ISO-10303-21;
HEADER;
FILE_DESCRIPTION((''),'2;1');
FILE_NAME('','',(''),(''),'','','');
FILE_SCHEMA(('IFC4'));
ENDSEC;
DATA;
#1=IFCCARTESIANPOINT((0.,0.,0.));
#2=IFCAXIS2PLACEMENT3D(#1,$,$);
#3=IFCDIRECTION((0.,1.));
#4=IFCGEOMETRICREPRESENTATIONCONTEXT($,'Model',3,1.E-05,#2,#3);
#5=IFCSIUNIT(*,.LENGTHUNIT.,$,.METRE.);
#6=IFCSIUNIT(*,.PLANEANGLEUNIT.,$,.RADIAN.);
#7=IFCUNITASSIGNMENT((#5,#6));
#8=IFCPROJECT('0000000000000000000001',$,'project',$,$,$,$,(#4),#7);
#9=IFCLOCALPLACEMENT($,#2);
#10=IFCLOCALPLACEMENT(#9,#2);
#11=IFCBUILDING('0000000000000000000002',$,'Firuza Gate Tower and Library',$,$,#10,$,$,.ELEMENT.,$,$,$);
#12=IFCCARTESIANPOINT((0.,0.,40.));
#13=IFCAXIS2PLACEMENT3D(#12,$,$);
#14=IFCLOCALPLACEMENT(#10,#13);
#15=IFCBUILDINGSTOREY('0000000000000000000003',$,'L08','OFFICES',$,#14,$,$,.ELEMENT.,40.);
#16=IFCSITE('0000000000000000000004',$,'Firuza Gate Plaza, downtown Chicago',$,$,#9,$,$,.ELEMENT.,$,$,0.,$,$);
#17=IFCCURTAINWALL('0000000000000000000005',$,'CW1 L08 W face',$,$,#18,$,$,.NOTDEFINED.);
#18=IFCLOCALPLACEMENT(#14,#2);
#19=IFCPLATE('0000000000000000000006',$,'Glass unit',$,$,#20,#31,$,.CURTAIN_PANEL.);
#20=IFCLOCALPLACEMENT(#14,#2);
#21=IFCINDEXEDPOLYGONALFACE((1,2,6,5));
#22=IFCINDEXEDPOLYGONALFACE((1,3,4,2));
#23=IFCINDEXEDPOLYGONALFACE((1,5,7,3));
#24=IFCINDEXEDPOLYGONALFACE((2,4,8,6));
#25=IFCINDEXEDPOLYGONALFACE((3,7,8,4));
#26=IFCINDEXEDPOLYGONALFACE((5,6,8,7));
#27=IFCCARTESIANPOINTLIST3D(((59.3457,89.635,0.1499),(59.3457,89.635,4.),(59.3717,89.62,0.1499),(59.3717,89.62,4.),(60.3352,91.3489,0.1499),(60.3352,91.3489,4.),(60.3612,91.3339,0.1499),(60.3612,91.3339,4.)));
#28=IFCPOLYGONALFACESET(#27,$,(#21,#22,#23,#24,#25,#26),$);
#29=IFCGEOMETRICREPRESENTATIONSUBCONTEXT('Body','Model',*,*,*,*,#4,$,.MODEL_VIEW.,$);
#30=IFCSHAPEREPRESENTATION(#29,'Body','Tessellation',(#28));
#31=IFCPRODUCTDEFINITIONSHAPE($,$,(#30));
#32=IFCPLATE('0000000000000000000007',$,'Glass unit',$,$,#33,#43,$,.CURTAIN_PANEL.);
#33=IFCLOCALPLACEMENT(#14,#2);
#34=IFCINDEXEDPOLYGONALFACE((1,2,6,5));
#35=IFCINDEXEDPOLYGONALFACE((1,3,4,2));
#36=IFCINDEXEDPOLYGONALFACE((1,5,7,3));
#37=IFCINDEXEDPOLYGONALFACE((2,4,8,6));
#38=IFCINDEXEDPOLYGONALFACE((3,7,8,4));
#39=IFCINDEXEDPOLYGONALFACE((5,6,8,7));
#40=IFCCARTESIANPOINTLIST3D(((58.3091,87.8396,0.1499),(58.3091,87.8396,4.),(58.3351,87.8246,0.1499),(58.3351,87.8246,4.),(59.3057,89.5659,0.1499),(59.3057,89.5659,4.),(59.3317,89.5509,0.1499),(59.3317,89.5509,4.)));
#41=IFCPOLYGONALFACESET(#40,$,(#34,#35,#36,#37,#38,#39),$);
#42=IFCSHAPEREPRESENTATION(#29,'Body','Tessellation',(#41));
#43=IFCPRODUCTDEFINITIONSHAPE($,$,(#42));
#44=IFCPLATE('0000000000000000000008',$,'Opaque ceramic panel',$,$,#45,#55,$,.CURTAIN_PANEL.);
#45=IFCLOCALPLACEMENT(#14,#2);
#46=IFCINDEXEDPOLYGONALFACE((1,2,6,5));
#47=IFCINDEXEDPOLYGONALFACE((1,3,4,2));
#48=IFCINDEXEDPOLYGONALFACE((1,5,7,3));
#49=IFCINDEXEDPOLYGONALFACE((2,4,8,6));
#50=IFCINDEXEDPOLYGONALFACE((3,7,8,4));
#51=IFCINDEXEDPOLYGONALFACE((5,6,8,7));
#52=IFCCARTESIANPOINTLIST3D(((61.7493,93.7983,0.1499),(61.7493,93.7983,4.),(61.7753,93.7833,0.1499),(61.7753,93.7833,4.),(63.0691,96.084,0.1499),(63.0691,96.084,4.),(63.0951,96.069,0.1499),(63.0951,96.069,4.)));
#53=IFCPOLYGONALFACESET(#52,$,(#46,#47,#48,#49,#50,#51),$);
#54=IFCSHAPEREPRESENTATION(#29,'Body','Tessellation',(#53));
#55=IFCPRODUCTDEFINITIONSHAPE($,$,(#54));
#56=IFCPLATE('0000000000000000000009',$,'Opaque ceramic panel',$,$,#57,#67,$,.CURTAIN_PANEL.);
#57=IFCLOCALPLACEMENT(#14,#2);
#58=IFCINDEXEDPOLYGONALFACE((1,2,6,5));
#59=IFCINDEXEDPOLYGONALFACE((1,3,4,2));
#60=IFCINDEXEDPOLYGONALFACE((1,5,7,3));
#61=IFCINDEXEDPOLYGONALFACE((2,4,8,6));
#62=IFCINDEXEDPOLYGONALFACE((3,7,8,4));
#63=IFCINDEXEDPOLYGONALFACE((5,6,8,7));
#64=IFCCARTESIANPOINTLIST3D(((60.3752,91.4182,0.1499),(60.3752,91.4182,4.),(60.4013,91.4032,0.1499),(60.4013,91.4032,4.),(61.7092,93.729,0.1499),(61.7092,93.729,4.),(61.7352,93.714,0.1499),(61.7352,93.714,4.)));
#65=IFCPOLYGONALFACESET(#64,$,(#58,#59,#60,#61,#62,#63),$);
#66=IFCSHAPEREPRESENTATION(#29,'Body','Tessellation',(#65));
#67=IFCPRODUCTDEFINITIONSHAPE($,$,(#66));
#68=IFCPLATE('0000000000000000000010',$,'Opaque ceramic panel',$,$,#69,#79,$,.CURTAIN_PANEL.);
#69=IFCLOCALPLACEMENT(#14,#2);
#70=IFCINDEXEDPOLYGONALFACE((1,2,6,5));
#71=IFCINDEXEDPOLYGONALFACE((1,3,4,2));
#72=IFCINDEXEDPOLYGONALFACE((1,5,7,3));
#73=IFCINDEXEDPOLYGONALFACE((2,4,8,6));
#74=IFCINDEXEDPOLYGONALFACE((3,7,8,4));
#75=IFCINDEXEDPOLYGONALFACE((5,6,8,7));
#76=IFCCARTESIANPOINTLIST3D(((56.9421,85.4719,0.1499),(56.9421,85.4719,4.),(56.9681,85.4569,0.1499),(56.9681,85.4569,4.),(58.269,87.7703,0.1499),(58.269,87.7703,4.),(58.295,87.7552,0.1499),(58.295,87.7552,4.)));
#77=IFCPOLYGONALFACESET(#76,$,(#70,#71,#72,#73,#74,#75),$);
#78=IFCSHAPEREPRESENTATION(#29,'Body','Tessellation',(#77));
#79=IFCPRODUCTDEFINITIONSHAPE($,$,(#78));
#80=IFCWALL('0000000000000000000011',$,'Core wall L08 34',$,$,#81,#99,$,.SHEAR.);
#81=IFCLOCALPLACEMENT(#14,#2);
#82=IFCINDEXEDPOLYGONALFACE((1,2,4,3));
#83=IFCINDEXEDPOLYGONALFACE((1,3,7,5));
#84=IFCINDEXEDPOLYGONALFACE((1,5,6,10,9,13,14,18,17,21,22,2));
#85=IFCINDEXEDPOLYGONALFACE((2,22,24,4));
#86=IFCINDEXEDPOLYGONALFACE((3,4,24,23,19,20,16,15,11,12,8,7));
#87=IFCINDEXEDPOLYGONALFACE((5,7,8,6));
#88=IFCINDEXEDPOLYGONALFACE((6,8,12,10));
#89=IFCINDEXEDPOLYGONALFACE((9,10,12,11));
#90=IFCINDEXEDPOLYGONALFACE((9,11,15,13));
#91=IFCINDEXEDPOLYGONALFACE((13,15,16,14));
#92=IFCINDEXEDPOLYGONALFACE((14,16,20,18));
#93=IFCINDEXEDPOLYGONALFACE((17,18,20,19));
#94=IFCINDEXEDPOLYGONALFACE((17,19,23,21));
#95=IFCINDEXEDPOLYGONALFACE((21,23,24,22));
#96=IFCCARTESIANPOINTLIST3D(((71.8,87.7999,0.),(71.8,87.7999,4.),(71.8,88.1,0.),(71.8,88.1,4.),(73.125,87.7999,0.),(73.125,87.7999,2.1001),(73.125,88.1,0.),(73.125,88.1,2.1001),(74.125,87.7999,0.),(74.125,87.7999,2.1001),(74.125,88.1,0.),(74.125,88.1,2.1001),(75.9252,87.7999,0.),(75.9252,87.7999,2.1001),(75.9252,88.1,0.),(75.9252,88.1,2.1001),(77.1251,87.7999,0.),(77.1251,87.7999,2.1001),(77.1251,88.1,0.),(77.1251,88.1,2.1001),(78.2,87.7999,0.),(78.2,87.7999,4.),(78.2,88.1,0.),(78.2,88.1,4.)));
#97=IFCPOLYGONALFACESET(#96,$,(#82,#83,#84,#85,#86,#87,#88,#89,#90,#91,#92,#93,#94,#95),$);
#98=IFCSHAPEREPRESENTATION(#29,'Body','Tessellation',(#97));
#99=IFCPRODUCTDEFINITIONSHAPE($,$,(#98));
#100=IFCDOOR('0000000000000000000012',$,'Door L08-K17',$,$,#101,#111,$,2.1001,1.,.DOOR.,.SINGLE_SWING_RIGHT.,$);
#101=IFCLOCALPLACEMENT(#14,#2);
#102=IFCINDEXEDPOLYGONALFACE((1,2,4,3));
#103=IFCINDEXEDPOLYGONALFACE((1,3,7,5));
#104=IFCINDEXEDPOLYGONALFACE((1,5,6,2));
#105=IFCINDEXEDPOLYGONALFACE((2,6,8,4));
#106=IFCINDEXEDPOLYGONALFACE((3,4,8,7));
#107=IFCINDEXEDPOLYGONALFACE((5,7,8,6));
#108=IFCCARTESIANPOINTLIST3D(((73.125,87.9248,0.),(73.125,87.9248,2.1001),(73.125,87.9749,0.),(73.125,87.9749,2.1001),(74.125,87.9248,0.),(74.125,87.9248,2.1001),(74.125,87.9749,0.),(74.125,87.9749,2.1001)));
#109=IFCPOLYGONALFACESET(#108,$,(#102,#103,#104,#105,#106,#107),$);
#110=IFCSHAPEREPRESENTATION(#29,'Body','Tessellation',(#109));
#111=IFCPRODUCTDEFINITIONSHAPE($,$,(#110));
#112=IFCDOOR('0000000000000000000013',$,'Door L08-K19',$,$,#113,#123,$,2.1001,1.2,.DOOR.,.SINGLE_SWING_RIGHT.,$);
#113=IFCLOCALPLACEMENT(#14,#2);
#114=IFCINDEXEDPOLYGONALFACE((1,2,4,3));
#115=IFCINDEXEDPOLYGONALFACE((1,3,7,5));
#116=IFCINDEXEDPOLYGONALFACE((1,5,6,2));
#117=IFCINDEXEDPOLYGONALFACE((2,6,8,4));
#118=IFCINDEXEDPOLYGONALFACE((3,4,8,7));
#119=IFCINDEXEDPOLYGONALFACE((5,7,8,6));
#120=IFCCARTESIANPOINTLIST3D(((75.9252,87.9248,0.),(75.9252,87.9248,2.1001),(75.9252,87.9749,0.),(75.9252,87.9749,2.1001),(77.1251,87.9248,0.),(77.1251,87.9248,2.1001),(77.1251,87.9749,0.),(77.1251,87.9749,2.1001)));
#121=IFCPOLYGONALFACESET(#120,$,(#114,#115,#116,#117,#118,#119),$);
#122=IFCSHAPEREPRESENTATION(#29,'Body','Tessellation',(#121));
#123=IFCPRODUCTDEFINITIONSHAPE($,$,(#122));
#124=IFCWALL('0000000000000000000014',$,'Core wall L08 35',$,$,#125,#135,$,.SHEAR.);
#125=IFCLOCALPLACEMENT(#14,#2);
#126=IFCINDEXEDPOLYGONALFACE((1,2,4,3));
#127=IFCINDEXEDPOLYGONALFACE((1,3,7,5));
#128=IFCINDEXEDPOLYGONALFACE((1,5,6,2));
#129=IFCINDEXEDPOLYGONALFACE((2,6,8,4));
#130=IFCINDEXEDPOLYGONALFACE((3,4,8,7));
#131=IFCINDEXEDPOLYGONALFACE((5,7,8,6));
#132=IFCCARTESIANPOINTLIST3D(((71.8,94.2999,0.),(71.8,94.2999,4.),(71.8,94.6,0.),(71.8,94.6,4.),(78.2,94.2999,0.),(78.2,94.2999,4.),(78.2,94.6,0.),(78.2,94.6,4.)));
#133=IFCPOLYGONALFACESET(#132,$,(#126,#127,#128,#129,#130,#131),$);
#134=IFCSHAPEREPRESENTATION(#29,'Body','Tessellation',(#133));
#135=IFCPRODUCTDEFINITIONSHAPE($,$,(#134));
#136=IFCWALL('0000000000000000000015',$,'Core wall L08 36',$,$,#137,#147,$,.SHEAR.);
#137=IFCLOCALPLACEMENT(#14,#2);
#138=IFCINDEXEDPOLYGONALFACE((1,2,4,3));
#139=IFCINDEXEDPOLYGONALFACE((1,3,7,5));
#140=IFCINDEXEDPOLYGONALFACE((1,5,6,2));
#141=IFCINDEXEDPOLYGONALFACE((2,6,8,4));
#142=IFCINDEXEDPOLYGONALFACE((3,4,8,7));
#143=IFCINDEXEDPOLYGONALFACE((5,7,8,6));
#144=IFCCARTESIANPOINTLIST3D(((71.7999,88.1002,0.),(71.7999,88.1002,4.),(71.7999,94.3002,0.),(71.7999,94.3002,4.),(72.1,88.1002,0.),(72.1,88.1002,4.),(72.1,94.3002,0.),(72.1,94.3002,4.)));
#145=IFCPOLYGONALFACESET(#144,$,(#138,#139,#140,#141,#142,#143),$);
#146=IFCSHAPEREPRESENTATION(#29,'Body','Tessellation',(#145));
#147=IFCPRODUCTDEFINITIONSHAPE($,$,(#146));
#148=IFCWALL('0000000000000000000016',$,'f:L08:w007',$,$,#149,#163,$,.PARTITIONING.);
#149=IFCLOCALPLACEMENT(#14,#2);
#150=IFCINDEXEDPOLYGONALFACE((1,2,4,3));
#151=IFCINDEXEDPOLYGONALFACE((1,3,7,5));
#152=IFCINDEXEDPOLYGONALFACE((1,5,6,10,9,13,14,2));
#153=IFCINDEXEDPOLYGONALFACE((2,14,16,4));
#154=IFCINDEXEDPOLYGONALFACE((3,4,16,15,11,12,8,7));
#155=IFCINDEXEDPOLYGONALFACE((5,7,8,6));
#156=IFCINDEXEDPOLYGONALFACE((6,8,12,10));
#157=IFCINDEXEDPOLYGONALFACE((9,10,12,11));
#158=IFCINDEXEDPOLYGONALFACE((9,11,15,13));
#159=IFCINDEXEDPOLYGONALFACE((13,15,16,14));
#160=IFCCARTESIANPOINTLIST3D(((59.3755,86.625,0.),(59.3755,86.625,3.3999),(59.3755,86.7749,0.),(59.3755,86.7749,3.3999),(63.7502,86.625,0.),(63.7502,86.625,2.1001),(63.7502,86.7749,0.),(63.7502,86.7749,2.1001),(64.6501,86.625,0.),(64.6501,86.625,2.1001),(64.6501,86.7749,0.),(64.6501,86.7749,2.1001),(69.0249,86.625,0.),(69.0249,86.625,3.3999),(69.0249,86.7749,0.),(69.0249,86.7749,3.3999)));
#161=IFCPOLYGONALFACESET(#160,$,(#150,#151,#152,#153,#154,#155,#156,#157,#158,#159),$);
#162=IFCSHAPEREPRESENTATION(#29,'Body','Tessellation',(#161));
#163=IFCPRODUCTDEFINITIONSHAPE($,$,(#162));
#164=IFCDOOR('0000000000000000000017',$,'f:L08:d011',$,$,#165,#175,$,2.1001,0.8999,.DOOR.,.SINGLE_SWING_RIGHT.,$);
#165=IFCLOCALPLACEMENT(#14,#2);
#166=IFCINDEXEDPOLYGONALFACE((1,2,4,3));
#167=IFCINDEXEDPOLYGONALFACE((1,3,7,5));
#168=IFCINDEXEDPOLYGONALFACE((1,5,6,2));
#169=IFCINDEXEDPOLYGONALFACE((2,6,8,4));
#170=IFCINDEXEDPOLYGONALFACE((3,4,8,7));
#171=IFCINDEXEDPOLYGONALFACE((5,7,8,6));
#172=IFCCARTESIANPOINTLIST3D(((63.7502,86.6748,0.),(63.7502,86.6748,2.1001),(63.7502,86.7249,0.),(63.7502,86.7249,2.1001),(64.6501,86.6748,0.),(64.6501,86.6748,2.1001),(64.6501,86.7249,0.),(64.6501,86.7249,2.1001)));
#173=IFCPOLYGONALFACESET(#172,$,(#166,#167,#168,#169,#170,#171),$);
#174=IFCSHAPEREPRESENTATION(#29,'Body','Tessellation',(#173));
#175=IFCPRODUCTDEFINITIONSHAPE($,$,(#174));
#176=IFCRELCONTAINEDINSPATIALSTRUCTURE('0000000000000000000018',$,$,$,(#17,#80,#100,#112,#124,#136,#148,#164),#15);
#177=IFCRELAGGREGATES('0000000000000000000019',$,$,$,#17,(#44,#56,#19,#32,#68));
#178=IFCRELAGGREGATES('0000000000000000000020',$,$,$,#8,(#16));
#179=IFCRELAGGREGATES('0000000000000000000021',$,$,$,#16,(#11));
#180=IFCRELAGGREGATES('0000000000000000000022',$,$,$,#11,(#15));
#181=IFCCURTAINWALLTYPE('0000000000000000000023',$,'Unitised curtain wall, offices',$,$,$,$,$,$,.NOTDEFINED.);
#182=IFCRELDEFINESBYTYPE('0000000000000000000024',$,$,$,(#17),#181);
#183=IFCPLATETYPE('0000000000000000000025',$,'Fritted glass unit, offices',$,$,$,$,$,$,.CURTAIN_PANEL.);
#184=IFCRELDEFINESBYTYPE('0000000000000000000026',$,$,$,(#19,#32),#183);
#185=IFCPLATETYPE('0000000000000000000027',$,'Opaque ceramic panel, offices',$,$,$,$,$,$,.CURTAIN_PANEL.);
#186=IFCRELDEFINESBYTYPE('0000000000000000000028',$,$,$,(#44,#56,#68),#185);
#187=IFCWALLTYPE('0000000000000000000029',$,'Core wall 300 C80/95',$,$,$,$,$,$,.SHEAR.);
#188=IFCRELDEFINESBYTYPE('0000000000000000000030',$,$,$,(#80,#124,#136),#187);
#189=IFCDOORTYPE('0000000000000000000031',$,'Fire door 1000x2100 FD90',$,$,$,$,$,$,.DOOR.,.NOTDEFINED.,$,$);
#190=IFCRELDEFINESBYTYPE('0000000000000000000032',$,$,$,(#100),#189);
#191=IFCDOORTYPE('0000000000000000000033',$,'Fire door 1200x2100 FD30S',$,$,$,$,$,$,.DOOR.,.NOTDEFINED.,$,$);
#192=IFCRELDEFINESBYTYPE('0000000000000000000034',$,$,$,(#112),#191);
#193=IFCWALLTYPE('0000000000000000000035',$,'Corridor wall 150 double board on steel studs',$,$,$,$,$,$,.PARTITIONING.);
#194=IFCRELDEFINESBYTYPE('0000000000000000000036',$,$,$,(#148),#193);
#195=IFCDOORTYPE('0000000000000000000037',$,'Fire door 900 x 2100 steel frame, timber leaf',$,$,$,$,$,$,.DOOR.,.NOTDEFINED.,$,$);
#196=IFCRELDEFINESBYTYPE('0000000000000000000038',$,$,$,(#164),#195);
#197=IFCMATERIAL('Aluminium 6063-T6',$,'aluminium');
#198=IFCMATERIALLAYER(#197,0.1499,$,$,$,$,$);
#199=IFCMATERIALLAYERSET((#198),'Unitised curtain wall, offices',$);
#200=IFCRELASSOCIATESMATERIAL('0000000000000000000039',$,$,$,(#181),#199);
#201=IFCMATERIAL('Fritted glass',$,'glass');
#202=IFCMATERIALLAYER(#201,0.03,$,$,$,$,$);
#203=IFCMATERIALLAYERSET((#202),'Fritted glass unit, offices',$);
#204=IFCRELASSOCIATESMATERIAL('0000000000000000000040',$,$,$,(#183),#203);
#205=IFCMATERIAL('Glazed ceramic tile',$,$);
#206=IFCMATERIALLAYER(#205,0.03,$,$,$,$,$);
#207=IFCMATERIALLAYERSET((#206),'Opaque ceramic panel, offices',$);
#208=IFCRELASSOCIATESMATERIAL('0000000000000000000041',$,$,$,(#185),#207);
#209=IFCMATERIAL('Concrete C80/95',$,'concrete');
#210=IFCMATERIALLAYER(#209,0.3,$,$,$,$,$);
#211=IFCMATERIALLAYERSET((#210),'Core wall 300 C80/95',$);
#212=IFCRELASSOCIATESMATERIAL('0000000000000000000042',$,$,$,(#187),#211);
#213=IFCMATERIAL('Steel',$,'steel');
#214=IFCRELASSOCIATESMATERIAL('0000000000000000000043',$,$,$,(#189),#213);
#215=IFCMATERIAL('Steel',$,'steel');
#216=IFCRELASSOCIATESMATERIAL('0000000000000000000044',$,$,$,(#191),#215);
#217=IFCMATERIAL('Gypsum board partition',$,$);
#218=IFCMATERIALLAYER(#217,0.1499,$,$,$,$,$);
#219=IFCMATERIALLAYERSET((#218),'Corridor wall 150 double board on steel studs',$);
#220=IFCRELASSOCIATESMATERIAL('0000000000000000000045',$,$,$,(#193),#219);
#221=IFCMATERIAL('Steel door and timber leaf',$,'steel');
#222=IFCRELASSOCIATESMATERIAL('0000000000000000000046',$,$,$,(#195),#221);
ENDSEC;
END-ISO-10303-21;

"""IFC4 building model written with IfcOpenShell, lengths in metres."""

from ifc_helpers import new_model, si_unit, direction, frame, frame_2d, origin, place, context, subcontext, project, spatial, polyline, rectangle, outline, extrude, material, layer, layer_set, type_object, element, fill, aggregate, save


model = new_model("IFC4")

# Units and contexts
model_context = context("Model", 3, precision=1e-05, world=origin(), true_north=direction((0.0, 1.0)))
body_context = subcontext(model_context, "Body", "Model", "MODEL_VIEW")
ifc_project = project(units=[si_unit("LENGTHUNIT", "METRE"), si_unit("PLANEANGLEUNIT", "RADIAN")], contexts=[model_context])

# Site, building, storey
site_placement = place(None, origin())
site = spatial("IfcSite", under=ifc_project, at=site_placement, Name="Firuza Gate Plaza, downtown Chicago", CompositionType="ELEMENT", RefElevation=0.0)
building_placement = place(site_placement, origin())
building = spatial("IfcBuilding", under=site, at=building_placement, Name="Firuza Gate Tower and Library", CompositionType="ELEMENT")
storey_placement = place(building_placement, frame((0.0, 0.0, 40.0)))
storey = spatial("IfcBuildingStorey", under=building, at=storey_placement, Name="L08", Description="OFFICES", CompositionType="ELEMENT", Elevation=40.0)

# Curtain wall
ifc_material_1 = material(Name="Aluminium 6063-T6", Category="aluminium")
ifc_layer_1 = layer(ifc_material_1, 0.1499)
ifc_layer_set_1 = layer_set([ifc_layer_1], Name="Unitised curtain wall, offices")
curtain_wall_type = type_object("IfcCurtainWallType", Name="Unitised curtain wall, offices", PredefinedType="NOTDEFINED", material=ifc_layer_set_1)
placement = place(storey_placement, origin())
curtain_wall = element("IfcCurtainWall", 1, at=placement, inside=storey, type_object=curtain_wall_type, Name="CW1 L08 W face", PredefinedType="NOTDEFINED")

# Plates
ifc_material_2 = material(Name="Fritted glass", Category="glass")
ifc_layer_2 = layer(ifc_material_2, 0.03)
ifc_layer_set_2 = layer_set([ifc_layer_2], Name="Fritted glass unit, offices")
plate_type_1 = type_object("IfcPlateType", Name="Fritted glass unit, offices", PredefinedType="CURTAIN_PANEL", material=ifc_layer_set_2)
plate_1_placement = place(storey_placement, frame((60.3352, 91.3489, 0.1499), z_axis=(-0.866025, 0.5, 0.0), x_axis=(-0.5, -0.866025, 0.0)))
plate_1 = element("IfcPlate", 2, at=plate_1_placement, type_object=plate_type_1, Name="Glass unit", PredefinedType="CURTAIN_PANEL", context=body_context, shape_type="SweptSolid", body=[
    extrude(outline(polyline([(0.0, 0.0), (1.979, 0.0), (1.979, 3.8501), (0.0, 3.8501), (0.0, 0.0)])), origin(), (0.0, 0.0, -1.0), 0.03),
])
plate_2_placement = place(storey_placement, frame((59.3057, 89.5659, 0.1499), z_axis=(-0.866049, 0.499959, 0.0), x_axis=(-0.499959, -0.866049, 0.0)))
plate_2 = element("IfcPlate", 3, at=plate_2_placement, type_object=plate_type_1, Name="Glass unit", PredefinedType="CURTAIN_PANEL", context=body_context, shape_type="SweptSolid", body=[
    extrude(outline(polyline([(0.0, 0.0), (1.9933, 0.0), (1.9933, 3.8501), (0.0, 3.8501), (0.0, 0.0)])), origin(), (0.0, 0.0, -1.0), 0.03),
])
ifc_material_3 = material(Name="Glazed ceramic tile")
ifc_layer_3 = layer(ifc_material_3, 0.03)
ifc_layer_set_3 = layer_set([ifc_layer_3], Name="Opaque ceramic panel, offices")
plate_type_2 = type_object("IfcPlateType", Name="Opaque ceramic panel, offices", PredefinedType="CURTAIN_PANEL", material=ifc_layer_set_3)
plate_3_placement = place(storey_placement, frame((63.0691, 96.084, 0.1499), z_axis=(-0.865991, 0.500059, 0.0), x_axis=(-0.500059, -0.865991, 0.0)))
plate_3 = element("IfcPlate", 4, at=plate_3_placement, type_object=plate_type_2, Name="Opaque ceramic panel", PredefinedType="CURTAIN_PANEL", context=body_context, shape_type="SweptSolid", body=[
    extrude(outline(polyline([(0.0, 0.0), (2.6393, 0.0), (2.6393, 3.8501), (0.0, 3.8501), (0.0, 0.0)])), origin(), (0.0, 0.0, -1.0), 0.03),
])
plate_4_placement = place(storey_placement, frame((61.7092, 93.729, 0.1499), z_axis=(-0.86605, 0.499957, 0.0), x_axis=(-0.499957, -0.86605, 0.0)))
plate_4 = element("IfcPlate", 5, at=plate_4_placement, type_object=plate_type_2, Name="Opaque ceramic panel", PredefinedType="CURTAIN_PANEL", context=body_context, shape_type="SweptSolid", body=[
    extrude(outline(polyline([(0.0, 0.0), (2.6682, 0.0), (2.6682, 3.8501), (0.0, 3.8501), (0.0, 0.0)])), origin(), (0.0, 0.0, -1.0), 0.03),
])
plate_5_placement = place(storey_placement, frame((58.269, 87.7703, 0.1499), z_axis=(-0.866032, 0.499988, 0.0), x_axis=(-0.499988, -0.866032, 0.0)))
plate_5 = element("IfcPlate", 6, at=plate_5_placement, type_object=plate_type_2, Name="Opaque ceramic panel", PredefinedType="CURTAIN_PANEL", context=body_context, shape_type="SweptSolid", body=[
    extrude(outline(polyline([(0.0, 0.0), (2.6539, 0.0), (2.6539, 3.8501), (0.0, 3.8501), (0.0, 0.0)])), origin(), (0.0, 0.0, -1.0), 0.03),
])
aggregate(curtain_wall, [plate_3, plate_4, plate_1, plate_2, plate_5])

# Wall, openings, doors
ifc_material_4 = material(Name="Concrete C80/95", Category="concrete")
ifc_layer_4 = layer(ifc_material_4, 0.3)
ifc_layer_set_4 = layer_set([ifc_layer_4], Name="Core wall 300 C80/95")
wall_type_1 = type_object("IfcWallType", Name="Core wall 300 C80/95", PredefinedType="SHEAR", material=ifc_layer_set_4)
wall_1_placement = place(storey_placement, frame((71.8, 87.95, 0.0), z_axis=(0.0, 0.0, 1.0), x_axis=(1.0, 0.0, 0.0)))
wall_1 = element("IfcWall", 7, at=wall_1_placement, inside=storey, type_object=wall_type_1, Name="Core wall L08 34", PredefinedType="SHEAR", context=body_context, shape_type="SweptSolid", body=[
    extrude(rectangle(XDim=6.3999, YDim=0.3, at=frame_2d((3.2, 0.0))), origin(), (0.0, 0.0, 1.0), 4.0),
])
opening_1_placement = place(wall_1_placement, frame((1.325, 0.0, 0.0)))
opening_1 = element("IfcOpeningElement", 8, at=opening_1_placement, cuts=wall_1, PredefinedType="OPENING", context=body_context, shape_type="SweptSolid", body=[
    extrude(rectangle(XDim=1.0, YDim=2.1001, at=frame_2d((0.5, 1.05))), frame((0.0, 0.1602, 0.0), z_axis=(0.0, -1.0, 0.0), x_axis=(1.0, 0.0, 0.0)), (0.0, 0.0, 1.0), 0.3201),
])
opening_2_placement = place(wall_1_placement, frame((4.125, 0.0, 0.0)))
opening_2 = element("IfcOpeningElement", 9, at=opening_2_placement, cuts=wall_1, PredefinedType="OPENING", context=body_context, shape_type="SweptSolid", body=[
    extrude(rectangle(XDim=1.2, YDim=2.1001, at=frame_2d((0.6001, 1.05))), frame((0.0, 0.1602, 0.0), z_axis=(0.0, -1.0, 0.0), x_axis=(1.0, 0.0, 0.0)), (0.0, 0.0, 1.0), 0.3201),
])
ifc_material_5 = material(Name="Steel", Category="steel")
door_type_1 = type_object("IfcDoorType", Name="Fire door 1000x2100 FD90", OperationType="NOTDEFINED", PredefinedType="DOOR", material=ifc_material_5)
door_1_placement = place(opening_1_placement, origin())
door_1 = element("IfcDoor", 10, at=door_1_placement, inside=storey, type_object=door_type_1, Name="Door L08-K17", OperationType="SINGLE_SWING_RIGHT", OverallHeight=2.1001, OverallWidth=1.0, PredefinedType="DOOR", context=body_context, shape_type="SweptSolid", body=[
    extrude(rectangle(XDim=1.0, YDim=2.1001, at=frame_2d((0.5, 1.05))), frame((0.0, 0.0249, 0.0), z_axis=(0.0, -1.0, 0.0), x_axis=(1.0, 0.0, 0.0)), (0.0, 0.0, 1.0), 0.05),
])
fill(opening_1, door_1)
ifc_material_6 = material(Name="Steel", Category="steel")
door_type_2 = type_object("IfcDoorType", Name="Fire door 1200x2100 FD30S", OperationType="NOTDEFINED", PredefinedType="DOOR", material=ifc_material_6)
door_2_placement = place(opening_2_placement, origin())
door_2 = element("IfcDoor", 11, at=door_2_placement, inside=storey, type_object=door_type_2, Name="Door L08-K19", OperationType="SINGLE_SWING_RIGHT", OverallHeight=2.1001, OverallWidth=1.2, PredefinedType="DOOR", context=body_context, shape_type="SweptSolid", body=[
    extrude(rectangle(XDim=1.2, YDim=2.1001, at=frame_2d((0.6001, 1.05))), frame((0.0, 0.0249, 0.0), z_axis=(0.0, -1.0, 0.0), x_axis=(1.0, 0.0, 0.0)), (0.0, 0.0, 1.0), 0.05),
])
fill(opening_2, door_2)

# Walls
wall_2_placement = place(storey_placement, frame((71.8, 94.45, 0.0), z_axis=(0.0, 0.0, 1.0), x_axis=(1.0, 0.0, 0.0)))
element("IfcWall", 12, at=wall_2_placement, inside=storey, type_object=wall_type_1, Name="Core wall L08 35", PredefinedType="SHEAR", context=body_context, shape_type="SweptSolid", body=[
    extrude(rectangle(XDim=6.3999, YDim=0.3, at=frame_2d((3.2, 0.0))), origin(), (0.0, 0.0, 1.0), 4.0),
])
wall_3_placement = place(storey_placement, frame((71.95, 88.1001, 0.0), z_axis=(0.0, 0.0, 1.0), x_axis=(0.0, 1.0, 0.0)))
element("IfcWall", 13, at=wall_3_placement, inside=storey, type_object=wall_type_1, Name="Core wall L08 36", PredefinedType="SHEAR", context=body_context, shape_type="SweptSolid", body=[
    extrude(rectangle(XDim=6.2, YDim=0.3, at=frame_2d((3.1001, 0.0))), origin(), (0.0, 0.0, 1.0), 4.0),
])

# Wall, opening, door
ifc_material_7 = material(Name="Gypsum board partition")
ifc_layer_5 = layer(ifc_material_7, 0.1499)
ifc_layer_set_5 = layer_set([ifc_layer_5], Name="Corridor wall 150 double board on steel studs")
wall_type_2 = type_object("IfcWallType", Name="Corridor wall 150 double board on steel studs", PredefinedType="PARTITIONING", material=ifc_layer_set_5)
wall_4_placement = place(storey_placement, frame((59.3755, 86.7, 0.0), z_axis=(0.0, 0.0, 1.0), x_axis=(1.0, 0.0, 0.0)))
wall_4 = element("IfcWall", 14, at=wall_4_placement, inside=storey, type_object=wall_type_2, Name="f:L08:w007", PredefinedType="PARTITIONING", context=body_context, shape_type="SweptSolid", body=[
    extrude(rectangle(XDim=9.6494, YDim=0.1499, at=frame_2d((4.8247, 0.0))), origin(), (0.0, 0.0, 1.0), 3.3999),
])
opening_3_placement = place(wall_4_placement, frame((4.3748, 0.0, 0.0)))
opening_3 = element("IfcOpeningElement", 15, at=opening_3_placement, cuts=wall_4, PredefinedType="OPENING", context=body_context, shape_type="SweptSolid", body=[
    extrude(rectangle(XDim=0.8999, YDim=2.1001, at=frame_2d((0.45, 1.05))), frame((0.0, 0.085, 0.0), z_axis=(0.0, -1.0, 0.0), x_axis=(1.0, 0.0, 0.0)), (0.0, 0.0, 1.0), 0.1699),
])
ifc_material_8 = material(Name="Steel door and timber leaf", Category="steel")
door_type_3 = type_object("IfcDoorType", Name="Fire door 900 x 2100 steel frame, timber leaf", OperationType="NOTDEFINED", PredefinedType="DOOR", material=ifc_material_8)
door_3_placement = place(opening_3_placement, origin())
door_3 = element("IfcDoor", 16, at=door_3_placement, inside=storey, type_object=door_type_3, Name="f:L08:d011", OperationType="SINGLE_SWING_RIGHT", OverallHeight=2.1001, OverallWidth=0.8999, PredefinedType="DOOR", context=body_context, shape_type="SweptSolid", body=[
    extrude(rectangle(XDim=0.8999, YDim=2.1001, at=frame_2d((0.45, 1.05))), frame((0.0, 0.0249, 0.0), z_axis=(0.0, -1.0, 0.0), x_axis=(1.0, 0.0, 0.0)), (0.0, 0.0, 1.0), 0.05),
])
fill(opening_3, door_3)

save(model, "model.ifc")
